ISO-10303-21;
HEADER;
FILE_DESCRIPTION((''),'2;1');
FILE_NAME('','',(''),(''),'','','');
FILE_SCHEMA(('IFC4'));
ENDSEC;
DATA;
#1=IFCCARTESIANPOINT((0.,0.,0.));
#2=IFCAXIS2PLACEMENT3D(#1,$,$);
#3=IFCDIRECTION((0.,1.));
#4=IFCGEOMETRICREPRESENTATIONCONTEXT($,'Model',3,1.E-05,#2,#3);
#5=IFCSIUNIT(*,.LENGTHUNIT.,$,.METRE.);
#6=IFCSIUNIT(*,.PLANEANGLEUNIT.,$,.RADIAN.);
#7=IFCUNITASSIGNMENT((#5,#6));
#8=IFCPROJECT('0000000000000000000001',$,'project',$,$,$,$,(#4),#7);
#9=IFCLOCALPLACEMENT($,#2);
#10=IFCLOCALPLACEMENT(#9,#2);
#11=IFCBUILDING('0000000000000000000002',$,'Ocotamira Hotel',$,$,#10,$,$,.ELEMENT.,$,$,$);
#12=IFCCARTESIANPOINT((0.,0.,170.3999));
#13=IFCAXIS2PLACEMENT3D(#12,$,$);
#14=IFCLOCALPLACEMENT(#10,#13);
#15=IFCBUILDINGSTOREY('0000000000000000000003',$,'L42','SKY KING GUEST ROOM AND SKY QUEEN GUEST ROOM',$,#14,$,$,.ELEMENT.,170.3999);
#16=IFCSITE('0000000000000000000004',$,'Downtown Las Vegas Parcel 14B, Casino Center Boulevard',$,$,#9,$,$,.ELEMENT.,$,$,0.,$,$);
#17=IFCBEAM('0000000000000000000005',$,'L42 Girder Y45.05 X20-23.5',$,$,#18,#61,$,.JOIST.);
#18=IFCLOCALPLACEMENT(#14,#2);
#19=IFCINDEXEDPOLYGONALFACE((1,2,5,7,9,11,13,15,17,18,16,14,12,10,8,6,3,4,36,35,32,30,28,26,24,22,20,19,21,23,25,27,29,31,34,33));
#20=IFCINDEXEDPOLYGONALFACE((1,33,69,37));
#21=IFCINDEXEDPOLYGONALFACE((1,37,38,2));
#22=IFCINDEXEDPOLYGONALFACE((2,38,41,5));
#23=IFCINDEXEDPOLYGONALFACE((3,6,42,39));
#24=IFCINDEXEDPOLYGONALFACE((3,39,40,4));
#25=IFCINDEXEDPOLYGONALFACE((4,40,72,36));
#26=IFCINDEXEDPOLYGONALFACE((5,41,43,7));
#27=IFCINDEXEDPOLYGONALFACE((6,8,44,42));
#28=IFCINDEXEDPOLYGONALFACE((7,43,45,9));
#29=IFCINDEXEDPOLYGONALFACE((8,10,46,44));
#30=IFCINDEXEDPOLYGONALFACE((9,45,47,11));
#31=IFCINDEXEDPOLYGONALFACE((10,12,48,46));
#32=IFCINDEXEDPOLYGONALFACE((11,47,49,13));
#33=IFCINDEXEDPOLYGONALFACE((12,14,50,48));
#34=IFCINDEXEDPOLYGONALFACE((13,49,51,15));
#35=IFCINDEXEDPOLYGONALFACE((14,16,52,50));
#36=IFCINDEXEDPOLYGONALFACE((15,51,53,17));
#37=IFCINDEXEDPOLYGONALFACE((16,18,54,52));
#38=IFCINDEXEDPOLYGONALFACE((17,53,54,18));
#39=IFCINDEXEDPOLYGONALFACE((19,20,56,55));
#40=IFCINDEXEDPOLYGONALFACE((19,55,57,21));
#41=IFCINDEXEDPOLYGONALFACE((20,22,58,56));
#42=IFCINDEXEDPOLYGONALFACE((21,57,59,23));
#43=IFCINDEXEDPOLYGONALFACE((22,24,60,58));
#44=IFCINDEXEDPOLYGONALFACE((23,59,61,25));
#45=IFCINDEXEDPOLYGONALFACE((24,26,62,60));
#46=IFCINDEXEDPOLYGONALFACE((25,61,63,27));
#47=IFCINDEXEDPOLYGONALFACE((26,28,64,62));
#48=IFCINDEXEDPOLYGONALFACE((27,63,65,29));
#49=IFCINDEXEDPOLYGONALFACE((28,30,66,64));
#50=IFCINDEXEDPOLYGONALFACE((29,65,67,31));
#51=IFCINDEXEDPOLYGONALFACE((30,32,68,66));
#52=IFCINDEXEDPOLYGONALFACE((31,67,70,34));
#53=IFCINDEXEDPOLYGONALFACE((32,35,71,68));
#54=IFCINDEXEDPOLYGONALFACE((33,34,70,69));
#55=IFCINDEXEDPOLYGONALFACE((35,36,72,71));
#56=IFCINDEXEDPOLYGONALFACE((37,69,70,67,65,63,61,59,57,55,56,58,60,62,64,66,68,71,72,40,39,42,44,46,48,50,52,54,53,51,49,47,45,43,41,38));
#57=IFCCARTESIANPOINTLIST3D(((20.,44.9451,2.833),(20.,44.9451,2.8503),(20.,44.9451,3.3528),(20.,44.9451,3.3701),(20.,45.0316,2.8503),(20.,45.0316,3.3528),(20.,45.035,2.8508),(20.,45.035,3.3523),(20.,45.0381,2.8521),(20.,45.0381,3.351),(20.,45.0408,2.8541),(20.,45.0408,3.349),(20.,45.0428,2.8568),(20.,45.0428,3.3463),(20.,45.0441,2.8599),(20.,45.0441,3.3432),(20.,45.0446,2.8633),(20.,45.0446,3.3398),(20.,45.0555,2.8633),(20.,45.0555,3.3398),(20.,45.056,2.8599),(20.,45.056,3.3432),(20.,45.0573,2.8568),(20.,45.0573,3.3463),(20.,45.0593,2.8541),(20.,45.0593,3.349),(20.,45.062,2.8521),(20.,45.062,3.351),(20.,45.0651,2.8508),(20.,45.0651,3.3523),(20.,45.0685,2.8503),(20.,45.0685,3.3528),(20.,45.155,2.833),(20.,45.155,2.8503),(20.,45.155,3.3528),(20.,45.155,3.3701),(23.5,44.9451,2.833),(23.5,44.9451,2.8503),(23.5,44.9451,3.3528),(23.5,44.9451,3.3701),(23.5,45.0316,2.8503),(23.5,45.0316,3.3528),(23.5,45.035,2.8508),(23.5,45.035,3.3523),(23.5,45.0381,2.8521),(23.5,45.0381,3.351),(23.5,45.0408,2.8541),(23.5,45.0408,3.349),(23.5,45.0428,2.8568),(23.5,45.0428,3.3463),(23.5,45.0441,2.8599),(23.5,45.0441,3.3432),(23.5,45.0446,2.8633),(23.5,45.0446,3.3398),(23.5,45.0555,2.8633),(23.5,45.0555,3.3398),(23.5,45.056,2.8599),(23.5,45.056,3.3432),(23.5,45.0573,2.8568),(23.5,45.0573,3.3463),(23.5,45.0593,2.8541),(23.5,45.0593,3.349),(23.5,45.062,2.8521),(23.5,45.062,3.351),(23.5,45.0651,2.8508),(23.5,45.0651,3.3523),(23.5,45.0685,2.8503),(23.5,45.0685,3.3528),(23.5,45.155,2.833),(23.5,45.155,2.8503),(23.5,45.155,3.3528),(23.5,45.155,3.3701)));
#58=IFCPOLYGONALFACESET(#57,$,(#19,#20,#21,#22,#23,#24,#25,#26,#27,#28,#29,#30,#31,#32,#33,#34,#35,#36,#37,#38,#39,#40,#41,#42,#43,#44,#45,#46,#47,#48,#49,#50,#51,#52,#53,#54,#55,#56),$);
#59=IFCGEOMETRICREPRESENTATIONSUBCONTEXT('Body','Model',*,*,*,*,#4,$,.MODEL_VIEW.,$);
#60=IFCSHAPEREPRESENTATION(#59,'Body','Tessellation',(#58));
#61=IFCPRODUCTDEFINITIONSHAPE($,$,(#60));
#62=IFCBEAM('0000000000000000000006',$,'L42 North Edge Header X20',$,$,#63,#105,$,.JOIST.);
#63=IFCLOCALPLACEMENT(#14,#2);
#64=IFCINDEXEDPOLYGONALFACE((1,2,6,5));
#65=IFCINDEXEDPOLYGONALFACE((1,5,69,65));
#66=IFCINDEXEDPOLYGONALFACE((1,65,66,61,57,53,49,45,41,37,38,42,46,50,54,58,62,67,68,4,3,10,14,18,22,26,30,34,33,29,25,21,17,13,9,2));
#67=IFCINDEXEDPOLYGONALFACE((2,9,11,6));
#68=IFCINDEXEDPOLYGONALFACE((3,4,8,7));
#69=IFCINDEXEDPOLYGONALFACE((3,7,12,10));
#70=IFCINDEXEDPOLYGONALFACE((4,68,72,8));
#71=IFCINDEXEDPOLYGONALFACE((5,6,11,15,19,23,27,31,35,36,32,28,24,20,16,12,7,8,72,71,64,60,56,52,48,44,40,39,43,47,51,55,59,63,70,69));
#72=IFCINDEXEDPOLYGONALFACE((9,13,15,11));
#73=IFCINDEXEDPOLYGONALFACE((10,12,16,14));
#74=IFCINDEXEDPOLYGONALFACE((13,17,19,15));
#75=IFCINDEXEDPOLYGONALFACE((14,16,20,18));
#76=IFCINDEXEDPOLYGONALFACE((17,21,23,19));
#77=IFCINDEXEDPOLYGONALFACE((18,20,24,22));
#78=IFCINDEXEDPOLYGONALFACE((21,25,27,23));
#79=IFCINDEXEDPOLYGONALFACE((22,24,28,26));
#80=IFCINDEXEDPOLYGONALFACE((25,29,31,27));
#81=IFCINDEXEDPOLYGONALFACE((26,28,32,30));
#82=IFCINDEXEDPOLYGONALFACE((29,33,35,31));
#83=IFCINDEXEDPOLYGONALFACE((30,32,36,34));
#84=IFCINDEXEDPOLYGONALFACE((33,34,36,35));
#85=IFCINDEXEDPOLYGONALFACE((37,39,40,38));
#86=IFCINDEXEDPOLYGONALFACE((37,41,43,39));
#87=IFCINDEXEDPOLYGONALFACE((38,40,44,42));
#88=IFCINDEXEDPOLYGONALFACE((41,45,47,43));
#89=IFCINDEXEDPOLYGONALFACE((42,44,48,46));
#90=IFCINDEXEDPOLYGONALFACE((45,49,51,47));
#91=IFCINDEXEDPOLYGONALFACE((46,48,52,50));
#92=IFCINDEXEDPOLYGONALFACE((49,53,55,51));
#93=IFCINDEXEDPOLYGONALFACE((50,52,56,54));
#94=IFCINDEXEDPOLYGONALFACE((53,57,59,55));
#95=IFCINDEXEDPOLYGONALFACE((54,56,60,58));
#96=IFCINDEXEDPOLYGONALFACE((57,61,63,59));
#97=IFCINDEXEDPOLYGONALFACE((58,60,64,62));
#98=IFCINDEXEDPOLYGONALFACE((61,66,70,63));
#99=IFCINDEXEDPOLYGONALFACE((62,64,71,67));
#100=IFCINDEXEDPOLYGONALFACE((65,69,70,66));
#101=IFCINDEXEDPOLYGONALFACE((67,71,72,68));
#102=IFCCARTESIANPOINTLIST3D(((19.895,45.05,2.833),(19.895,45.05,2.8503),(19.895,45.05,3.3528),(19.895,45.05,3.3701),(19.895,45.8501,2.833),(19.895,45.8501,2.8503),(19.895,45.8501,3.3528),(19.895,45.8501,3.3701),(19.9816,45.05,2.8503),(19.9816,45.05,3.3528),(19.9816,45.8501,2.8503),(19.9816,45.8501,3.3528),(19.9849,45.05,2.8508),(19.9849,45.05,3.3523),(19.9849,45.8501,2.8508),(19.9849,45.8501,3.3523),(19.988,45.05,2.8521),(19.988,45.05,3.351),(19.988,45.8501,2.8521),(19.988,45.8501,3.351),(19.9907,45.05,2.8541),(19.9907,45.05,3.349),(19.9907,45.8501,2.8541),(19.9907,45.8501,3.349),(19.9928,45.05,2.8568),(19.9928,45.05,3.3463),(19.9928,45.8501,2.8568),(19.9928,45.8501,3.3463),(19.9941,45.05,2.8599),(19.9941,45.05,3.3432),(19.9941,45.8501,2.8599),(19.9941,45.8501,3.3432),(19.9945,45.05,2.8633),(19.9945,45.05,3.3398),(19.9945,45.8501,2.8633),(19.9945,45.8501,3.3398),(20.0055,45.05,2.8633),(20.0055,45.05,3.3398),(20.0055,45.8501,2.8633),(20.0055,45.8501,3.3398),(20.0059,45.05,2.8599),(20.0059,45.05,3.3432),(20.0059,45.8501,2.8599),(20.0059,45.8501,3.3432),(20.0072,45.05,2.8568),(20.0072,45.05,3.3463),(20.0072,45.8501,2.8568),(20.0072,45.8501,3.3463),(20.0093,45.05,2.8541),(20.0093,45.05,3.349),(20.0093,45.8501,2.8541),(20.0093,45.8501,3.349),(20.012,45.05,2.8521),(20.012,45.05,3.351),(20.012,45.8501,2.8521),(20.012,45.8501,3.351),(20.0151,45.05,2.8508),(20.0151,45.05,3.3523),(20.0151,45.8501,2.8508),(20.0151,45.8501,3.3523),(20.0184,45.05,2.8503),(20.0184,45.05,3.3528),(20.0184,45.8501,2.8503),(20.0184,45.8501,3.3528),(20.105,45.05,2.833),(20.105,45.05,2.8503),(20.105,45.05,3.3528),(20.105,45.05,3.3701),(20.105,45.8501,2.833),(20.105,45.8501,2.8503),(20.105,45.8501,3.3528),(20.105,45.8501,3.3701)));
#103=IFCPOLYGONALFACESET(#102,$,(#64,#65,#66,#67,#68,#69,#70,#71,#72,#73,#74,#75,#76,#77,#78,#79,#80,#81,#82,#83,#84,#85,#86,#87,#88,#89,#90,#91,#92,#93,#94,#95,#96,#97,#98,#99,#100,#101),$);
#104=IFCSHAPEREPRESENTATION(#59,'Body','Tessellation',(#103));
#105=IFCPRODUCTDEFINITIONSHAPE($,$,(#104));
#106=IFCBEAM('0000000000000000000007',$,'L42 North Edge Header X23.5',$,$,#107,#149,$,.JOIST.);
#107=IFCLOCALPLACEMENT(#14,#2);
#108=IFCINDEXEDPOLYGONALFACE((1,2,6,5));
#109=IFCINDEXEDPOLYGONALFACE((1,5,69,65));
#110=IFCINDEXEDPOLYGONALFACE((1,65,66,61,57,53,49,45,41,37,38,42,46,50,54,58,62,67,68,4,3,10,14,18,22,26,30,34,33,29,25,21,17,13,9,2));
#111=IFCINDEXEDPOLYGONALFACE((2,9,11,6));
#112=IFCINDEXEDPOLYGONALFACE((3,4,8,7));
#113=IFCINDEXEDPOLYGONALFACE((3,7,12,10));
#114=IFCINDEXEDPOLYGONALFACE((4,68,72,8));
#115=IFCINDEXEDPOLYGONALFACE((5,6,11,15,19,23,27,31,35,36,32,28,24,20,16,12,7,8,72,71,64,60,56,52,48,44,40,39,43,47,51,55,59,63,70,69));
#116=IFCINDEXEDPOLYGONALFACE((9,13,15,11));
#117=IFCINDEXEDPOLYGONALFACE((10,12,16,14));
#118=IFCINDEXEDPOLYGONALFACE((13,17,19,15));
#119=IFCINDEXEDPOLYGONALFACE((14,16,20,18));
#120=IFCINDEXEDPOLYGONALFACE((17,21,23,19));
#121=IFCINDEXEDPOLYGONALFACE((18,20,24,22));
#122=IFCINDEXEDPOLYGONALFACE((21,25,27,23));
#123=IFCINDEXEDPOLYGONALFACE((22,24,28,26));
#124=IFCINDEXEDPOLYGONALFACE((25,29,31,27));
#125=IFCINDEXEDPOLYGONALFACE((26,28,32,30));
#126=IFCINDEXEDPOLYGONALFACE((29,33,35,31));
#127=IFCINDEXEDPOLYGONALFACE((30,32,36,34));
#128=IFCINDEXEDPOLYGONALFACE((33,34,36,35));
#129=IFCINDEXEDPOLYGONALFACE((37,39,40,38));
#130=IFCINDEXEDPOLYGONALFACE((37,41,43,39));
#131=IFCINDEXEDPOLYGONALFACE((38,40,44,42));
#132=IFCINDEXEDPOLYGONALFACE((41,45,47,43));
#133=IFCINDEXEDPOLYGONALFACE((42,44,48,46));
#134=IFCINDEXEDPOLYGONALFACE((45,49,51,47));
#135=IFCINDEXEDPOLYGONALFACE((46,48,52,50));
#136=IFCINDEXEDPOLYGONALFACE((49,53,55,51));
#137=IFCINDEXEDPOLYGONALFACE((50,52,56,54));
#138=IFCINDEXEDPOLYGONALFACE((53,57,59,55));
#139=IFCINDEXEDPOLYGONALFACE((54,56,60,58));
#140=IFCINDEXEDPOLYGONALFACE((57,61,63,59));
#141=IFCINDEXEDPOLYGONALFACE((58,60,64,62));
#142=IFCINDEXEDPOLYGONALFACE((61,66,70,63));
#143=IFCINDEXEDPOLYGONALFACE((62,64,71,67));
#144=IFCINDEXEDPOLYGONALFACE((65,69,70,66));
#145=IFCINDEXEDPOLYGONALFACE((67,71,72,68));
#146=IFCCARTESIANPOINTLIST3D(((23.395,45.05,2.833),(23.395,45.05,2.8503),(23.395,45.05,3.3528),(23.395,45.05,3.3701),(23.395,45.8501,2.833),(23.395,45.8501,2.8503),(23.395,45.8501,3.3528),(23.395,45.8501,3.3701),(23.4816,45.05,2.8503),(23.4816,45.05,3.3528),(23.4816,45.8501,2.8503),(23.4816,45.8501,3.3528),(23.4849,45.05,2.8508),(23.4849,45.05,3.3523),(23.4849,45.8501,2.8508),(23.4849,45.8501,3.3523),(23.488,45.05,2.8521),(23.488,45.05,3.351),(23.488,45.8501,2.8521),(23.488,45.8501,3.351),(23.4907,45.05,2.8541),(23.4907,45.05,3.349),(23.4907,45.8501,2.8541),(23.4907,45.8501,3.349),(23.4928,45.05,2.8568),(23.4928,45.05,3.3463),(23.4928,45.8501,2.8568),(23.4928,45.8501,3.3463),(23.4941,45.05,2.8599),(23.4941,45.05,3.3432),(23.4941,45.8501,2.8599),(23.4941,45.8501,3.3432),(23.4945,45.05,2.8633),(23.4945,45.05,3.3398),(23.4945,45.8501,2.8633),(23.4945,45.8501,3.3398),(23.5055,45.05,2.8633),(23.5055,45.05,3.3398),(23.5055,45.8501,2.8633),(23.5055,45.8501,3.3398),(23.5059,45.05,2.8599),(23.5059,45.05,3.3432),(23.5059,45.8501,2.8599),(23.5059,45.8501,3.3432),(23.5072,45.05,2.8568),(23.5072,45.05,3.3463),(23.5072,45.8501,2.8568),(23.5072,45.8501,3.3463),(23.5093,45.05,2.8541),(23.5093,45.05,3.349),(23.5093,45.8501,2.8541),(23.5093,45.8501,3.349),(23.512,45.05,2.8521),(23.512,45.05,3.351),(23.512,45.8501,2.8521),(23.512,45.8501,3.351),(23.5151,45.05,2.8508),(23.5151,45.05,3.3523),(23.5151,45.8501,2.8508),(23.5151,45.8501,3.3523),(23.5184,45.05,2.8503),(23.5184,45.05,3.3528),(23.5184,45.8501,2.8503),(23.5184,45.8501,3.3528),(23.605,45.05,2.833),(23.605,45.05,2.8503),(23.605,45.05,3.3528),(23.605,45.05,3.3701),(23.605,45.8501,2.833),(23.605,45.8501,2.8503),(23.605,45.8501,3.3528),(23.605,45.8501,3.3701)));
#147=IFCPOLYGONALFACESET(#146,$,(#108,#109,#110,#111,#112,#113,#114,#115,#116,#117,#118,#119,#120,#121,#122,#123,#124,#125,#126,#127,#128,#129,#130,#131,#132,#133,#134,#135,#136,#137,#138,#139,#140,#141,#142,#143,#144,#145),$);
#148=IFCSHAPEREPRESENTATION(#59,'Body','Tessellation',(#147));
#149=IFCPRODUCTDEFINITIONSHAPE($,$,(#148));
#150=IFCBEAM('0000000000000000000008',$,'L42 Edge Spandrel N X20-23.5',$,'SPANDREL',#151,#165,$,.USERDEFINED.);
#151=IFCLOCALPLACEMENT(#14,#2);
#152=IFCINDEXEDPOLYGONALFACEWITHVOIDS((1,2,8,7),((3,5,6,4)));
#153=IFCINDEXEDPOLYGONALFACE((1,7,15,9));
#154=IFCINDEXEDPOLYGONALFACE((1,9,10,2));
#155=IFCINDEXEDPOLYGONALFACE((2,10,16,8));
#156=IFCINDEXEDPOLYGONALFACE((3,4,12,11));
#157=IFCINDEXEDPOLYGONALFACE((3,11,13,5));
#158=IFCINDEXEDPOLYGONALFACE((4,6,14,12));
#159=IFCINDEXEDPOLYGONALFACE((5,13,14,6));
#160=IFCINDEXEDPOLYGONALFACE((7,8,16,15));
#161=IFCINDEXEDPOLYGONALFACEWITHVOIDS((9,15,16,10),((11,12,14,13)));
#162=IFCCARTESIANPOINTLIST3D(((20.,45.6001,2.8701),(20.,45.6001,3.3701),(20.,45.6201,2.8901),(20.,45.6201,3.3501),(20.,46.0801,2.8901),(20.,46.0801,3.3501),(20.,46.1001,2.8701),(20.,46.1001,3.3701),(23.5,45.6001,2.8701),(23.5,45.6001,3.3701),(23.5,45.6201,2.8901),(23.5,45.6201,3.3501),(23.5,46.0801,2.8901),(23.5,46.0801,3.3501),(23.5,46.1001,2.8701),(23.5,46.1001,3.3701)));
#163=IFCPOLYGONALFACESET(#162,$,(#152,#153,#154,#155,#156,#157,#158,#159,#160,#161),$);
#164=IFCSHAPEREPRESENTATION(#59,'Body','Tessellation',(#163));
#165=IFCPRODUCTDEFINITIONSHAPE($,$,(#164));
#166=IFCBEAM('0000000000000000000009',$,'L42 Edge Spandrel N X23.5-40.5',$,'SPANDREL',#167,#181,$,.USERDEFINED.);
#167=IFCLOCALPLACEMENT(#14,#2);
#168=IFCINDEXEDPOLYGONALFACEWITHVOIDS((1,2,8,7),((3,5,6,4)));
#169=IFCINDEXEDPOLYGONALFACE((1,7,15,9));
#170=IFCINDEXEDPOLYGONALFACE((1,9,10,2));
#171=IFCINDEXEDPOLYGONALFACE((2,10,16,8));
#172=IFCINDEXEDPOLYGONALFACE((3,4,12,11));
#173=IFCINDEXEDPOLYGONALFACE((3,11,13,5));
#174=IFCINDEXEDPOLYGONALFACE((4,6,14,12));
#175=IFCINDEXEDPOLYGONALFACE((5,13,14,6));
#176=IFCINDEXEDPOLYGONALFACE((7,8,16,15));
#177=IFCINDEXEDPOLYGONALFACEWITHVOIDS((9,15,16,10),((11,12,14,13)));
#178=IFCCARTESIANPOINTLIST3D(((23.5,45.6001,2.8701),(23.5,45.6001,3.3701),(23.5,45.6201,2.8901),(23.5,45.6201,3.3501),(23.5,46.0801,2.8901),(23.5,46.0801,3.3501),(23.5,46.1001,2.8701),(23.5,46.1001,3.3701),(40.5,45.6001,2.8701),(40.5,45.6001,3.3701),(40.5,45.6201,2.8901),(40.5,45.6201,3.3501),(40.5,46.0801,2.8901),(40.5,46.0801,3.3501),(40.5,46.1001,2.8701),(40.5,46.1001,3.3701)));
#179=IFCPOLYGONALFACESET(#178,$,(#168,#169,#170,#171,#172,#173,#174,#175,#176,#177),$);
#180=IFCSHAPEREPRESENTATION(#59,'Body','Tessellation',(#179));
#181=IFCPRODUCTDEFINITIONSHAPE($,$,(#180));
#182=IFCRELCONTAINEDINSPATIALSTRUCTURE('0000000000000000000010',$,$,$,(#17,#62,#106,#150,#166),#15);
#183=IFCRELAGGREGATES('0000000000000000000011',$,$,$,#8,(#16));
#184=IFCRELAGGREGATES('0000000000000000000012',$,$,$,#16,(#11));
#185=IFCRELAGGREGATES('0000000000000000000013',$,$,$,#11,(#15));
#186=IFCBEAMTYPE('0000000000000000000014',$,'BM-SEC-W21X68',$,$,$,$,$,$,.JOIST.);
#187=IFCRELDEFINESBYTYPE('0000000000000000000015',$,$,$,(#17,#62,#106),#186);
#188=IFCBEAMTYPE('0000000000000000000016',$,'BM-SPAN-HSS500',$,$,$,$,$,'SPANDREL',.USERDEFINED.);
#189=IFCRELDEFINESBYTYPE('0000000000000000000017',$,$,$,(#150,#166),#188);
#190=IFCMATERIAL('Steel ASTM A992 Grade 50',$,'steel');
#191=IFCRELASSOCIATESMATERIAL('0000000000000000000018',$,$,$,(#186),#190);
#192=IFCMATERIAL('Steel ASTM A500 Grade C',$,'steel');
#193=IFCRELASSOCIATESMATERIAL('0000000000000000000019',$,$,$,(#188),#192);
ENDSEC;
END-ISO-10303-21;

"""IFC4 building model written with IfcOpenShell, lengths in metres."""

from ifc_helpers import new_model, si_unit, direction, frame, origin, origin_2d, place, context, subcontext, project, spatial, hollow_rectangle, i_section, extrude, source, transform, mapped, material, material_profile, profile_set, type_object, element, save


model = new_model("IFC4")

# Units and contexts
model_context = context("Model", 3, precision=1e-05, world=origin(), true_north=direction((0.0, 1.0)))
body_context = subcontext(model_context, "Body", "Model", "MODEL_VIEW")
ifc_project = project(units=[si_unit("LENGTHUNIT", "METRE"), si_unit("PLANEANGLEUNIT", "RADIAN")], contexts=[model_context])

# Site, building, storey
site_placement = place(None, origin())
site = spatial("IfcSite", under=ifc_project, at=site_placement, Name="Downtown Las Vegas Parcel 14B, Casino Center Boulevard", CompositionType="ELEMENT", RefElevation=0.0)
building_placement = place(site_placement, origin())
building = spatial("IfcBuilding", under=site, at=building_placement, Name="Ocotamira Hotel", CompositionType="ELEMENT")
storey_placement = place(building_placement, frame((0.0, 0.0, 170.3999)))
storey = spatial("IfcBuildingStorey", under=building, at=storey_placement, Name="L42", Description="SKY KING GUEST ROOM AND SKY QUEEN GUEST ROOM", CompositionType="ELEMENT", Elevation=170.3999)

# Beams
ifc_material_1 = material(Name="Steel ASTM A992 Grade 50", Category="steel")
ifc_material_profile_1 = material_profile(ifc_material_1, i_section(OverallWidth=0.21, OverallDepth=0.5371, WebThickness=0.011, FlangeThickness=0.0173, FilletRadius=0.0129, at=origin_2d()), Name="W21X68")
ifc_profile_set_1 = profile_set([ifc_material_profile_1], Name="Steel ASTM A992 Grade 50")
beam_type_1 = type_object("IfcBeamType", Name="BM-SEC-W21X68", PredefinedType="JOIST", material=ifc_profile_set_1)
shared_shape_1 = source(origin(), body_context, "Body", "SweptSolid", [
    extrude(i_section(OverallWidth=0.21, OverallDepth=0.5371, WebThickness=0.011, FlangeThickness=0.0173, FilletRadius=0.0129, at=origin_2d()), origin(), (0.0, 0.0, 1.0), 3.5),
])
beam_1_placement = place(storey_placement, frame((20.0, 45.05, 3.1016), z_axis=(1.0, 0.0, 0.0), x_axis=(0.0, 1.0, 0.0)))
element("IfcBeam", 1, at=beam_1_placement, inside=storey, type_object=beam_type_1, Name="L42 Girder Y45.05 X20-23.5", PredefinedType="JOIST", context=body_context, shape_type="MappedRepresentation", body=[
    mapped(shared_shape_1, transform((0.0, 0.0, 0.0), scale=1.0)),
])
shared_shape_2 = source(origin(), body_context, "Body", "SweptSolid", [
    extrude(i_section(OverallWidth=0.21, OverallDepth=0.5371, WebThickness=0.011, FlangeThickness=0.0173, FilletRadius=0.0129, at=origin_2d()), origin(), (0.0, 0.0, 1.0), 0.8),
])
for number, where, z_axis, x_axis, name in (
    (2, (20.0, 45.05, 3.1016), (0.0, 1.0, 0.0), (-1.0, 0.0, 0.0), "L42 North Edge Header X20"),
    (3, (23.5, 45.05, 3.1016), (0.0, 1.0, 0.0), (-1.0, 0.0, 0.0), "L42 North Edge Header X23.5"),
):
    element("IfcBeam", number, at=place(storey_placement, frame(where, z_axis=z_axis, x_axis=x_axis)), inside=storey, type_object=beam_type_1, Name=name, PredefinedType="JOIST", context=body_context, shape_type="MappedRepresentation", body=[
        mapped(shared_shape_2, transform((0.0, 0.0, 0.0), scale=1.0)),
    ])
ifc_material_2 = material(Name="Steel ASTM A500 Grade C", Category="steel")
ifc_material_profile_2 = material_profile(ifc_material_2, hollow_rectangle(XDim=0.5, YDim=0.5, WallThickness=0.02, at=origin_2d()), Name="HSS500X500X20")
ifc_profile_set_2 = profile_set([ifc_material_profile_2], Name="Steel ASTM A500 Grade C")
beam_type_2 = type_object("IfcBeamType", Name="BM-SPAN-HSS500", ElementType="SPANDREL", PredefinedType="USERDEFINED", material=ifc_profile_set_2)
shared_shape_3 = source(origin(), body_context, "Body", "SweptSolid", [
    extrude(hollow_rectangle(XDim=0.5, YDim=0.5, WallThickness=0.02, at=origin_2d()), origin(), (0.0, 0.0, 1.0), 3.5),
])
beam_2_placement = place(storey_placement, frame((20.0, 45.8501, 3.1201), z_axis=(1.0, 0.0, 0.0), x_axis=(0.0, 1.0, 0.0)))
element("IfcBeam", 4, at=beam_2_placement, inside=storey, type_object=beam_type_2, Name="L42 Edge Spandrel N X20-23.5", ObjectType="SPANDREL", PredefinedType="USERDEFINED", context=body_context, shape_type="MappedRepresentation", body=[
    mapped(shared_shape_3, transform((0.0, 0.0, 0.0), scale=1.0)),
])
shared_shape_4 = source(origin(), body_context, "Body", "SweptSolid", [
    extrude(hollow_rectangle(XDim=0.5, YDim=0.5, WallThickness=0.02, at=origin_2d()), origin(), (0.0, 0.0, 1.0), 17.0),
])
beam_3_placement = place(storey_placement, frame((23.5, 45.8501, 3.1201), z_axis=(1.0, 0.0, 0.0), x_axis=(0.0, 1.0, 0.0)))
element("IfcBeam", 5, at=beam_3_placement, inside=storey, type_object=beam_type_2, Name="L42 Edge Spandrel N X23.5-40.5", ObjectType="SPANDREL", PredefinedType="USERDEFINED", context=body_context, shape_type="MappedRepresentation", body=[
    mapped(shared_shape_4, transform((0.0, 0.0, 0.0), scale=1.0)),
])

save(model, "model.ifc")
